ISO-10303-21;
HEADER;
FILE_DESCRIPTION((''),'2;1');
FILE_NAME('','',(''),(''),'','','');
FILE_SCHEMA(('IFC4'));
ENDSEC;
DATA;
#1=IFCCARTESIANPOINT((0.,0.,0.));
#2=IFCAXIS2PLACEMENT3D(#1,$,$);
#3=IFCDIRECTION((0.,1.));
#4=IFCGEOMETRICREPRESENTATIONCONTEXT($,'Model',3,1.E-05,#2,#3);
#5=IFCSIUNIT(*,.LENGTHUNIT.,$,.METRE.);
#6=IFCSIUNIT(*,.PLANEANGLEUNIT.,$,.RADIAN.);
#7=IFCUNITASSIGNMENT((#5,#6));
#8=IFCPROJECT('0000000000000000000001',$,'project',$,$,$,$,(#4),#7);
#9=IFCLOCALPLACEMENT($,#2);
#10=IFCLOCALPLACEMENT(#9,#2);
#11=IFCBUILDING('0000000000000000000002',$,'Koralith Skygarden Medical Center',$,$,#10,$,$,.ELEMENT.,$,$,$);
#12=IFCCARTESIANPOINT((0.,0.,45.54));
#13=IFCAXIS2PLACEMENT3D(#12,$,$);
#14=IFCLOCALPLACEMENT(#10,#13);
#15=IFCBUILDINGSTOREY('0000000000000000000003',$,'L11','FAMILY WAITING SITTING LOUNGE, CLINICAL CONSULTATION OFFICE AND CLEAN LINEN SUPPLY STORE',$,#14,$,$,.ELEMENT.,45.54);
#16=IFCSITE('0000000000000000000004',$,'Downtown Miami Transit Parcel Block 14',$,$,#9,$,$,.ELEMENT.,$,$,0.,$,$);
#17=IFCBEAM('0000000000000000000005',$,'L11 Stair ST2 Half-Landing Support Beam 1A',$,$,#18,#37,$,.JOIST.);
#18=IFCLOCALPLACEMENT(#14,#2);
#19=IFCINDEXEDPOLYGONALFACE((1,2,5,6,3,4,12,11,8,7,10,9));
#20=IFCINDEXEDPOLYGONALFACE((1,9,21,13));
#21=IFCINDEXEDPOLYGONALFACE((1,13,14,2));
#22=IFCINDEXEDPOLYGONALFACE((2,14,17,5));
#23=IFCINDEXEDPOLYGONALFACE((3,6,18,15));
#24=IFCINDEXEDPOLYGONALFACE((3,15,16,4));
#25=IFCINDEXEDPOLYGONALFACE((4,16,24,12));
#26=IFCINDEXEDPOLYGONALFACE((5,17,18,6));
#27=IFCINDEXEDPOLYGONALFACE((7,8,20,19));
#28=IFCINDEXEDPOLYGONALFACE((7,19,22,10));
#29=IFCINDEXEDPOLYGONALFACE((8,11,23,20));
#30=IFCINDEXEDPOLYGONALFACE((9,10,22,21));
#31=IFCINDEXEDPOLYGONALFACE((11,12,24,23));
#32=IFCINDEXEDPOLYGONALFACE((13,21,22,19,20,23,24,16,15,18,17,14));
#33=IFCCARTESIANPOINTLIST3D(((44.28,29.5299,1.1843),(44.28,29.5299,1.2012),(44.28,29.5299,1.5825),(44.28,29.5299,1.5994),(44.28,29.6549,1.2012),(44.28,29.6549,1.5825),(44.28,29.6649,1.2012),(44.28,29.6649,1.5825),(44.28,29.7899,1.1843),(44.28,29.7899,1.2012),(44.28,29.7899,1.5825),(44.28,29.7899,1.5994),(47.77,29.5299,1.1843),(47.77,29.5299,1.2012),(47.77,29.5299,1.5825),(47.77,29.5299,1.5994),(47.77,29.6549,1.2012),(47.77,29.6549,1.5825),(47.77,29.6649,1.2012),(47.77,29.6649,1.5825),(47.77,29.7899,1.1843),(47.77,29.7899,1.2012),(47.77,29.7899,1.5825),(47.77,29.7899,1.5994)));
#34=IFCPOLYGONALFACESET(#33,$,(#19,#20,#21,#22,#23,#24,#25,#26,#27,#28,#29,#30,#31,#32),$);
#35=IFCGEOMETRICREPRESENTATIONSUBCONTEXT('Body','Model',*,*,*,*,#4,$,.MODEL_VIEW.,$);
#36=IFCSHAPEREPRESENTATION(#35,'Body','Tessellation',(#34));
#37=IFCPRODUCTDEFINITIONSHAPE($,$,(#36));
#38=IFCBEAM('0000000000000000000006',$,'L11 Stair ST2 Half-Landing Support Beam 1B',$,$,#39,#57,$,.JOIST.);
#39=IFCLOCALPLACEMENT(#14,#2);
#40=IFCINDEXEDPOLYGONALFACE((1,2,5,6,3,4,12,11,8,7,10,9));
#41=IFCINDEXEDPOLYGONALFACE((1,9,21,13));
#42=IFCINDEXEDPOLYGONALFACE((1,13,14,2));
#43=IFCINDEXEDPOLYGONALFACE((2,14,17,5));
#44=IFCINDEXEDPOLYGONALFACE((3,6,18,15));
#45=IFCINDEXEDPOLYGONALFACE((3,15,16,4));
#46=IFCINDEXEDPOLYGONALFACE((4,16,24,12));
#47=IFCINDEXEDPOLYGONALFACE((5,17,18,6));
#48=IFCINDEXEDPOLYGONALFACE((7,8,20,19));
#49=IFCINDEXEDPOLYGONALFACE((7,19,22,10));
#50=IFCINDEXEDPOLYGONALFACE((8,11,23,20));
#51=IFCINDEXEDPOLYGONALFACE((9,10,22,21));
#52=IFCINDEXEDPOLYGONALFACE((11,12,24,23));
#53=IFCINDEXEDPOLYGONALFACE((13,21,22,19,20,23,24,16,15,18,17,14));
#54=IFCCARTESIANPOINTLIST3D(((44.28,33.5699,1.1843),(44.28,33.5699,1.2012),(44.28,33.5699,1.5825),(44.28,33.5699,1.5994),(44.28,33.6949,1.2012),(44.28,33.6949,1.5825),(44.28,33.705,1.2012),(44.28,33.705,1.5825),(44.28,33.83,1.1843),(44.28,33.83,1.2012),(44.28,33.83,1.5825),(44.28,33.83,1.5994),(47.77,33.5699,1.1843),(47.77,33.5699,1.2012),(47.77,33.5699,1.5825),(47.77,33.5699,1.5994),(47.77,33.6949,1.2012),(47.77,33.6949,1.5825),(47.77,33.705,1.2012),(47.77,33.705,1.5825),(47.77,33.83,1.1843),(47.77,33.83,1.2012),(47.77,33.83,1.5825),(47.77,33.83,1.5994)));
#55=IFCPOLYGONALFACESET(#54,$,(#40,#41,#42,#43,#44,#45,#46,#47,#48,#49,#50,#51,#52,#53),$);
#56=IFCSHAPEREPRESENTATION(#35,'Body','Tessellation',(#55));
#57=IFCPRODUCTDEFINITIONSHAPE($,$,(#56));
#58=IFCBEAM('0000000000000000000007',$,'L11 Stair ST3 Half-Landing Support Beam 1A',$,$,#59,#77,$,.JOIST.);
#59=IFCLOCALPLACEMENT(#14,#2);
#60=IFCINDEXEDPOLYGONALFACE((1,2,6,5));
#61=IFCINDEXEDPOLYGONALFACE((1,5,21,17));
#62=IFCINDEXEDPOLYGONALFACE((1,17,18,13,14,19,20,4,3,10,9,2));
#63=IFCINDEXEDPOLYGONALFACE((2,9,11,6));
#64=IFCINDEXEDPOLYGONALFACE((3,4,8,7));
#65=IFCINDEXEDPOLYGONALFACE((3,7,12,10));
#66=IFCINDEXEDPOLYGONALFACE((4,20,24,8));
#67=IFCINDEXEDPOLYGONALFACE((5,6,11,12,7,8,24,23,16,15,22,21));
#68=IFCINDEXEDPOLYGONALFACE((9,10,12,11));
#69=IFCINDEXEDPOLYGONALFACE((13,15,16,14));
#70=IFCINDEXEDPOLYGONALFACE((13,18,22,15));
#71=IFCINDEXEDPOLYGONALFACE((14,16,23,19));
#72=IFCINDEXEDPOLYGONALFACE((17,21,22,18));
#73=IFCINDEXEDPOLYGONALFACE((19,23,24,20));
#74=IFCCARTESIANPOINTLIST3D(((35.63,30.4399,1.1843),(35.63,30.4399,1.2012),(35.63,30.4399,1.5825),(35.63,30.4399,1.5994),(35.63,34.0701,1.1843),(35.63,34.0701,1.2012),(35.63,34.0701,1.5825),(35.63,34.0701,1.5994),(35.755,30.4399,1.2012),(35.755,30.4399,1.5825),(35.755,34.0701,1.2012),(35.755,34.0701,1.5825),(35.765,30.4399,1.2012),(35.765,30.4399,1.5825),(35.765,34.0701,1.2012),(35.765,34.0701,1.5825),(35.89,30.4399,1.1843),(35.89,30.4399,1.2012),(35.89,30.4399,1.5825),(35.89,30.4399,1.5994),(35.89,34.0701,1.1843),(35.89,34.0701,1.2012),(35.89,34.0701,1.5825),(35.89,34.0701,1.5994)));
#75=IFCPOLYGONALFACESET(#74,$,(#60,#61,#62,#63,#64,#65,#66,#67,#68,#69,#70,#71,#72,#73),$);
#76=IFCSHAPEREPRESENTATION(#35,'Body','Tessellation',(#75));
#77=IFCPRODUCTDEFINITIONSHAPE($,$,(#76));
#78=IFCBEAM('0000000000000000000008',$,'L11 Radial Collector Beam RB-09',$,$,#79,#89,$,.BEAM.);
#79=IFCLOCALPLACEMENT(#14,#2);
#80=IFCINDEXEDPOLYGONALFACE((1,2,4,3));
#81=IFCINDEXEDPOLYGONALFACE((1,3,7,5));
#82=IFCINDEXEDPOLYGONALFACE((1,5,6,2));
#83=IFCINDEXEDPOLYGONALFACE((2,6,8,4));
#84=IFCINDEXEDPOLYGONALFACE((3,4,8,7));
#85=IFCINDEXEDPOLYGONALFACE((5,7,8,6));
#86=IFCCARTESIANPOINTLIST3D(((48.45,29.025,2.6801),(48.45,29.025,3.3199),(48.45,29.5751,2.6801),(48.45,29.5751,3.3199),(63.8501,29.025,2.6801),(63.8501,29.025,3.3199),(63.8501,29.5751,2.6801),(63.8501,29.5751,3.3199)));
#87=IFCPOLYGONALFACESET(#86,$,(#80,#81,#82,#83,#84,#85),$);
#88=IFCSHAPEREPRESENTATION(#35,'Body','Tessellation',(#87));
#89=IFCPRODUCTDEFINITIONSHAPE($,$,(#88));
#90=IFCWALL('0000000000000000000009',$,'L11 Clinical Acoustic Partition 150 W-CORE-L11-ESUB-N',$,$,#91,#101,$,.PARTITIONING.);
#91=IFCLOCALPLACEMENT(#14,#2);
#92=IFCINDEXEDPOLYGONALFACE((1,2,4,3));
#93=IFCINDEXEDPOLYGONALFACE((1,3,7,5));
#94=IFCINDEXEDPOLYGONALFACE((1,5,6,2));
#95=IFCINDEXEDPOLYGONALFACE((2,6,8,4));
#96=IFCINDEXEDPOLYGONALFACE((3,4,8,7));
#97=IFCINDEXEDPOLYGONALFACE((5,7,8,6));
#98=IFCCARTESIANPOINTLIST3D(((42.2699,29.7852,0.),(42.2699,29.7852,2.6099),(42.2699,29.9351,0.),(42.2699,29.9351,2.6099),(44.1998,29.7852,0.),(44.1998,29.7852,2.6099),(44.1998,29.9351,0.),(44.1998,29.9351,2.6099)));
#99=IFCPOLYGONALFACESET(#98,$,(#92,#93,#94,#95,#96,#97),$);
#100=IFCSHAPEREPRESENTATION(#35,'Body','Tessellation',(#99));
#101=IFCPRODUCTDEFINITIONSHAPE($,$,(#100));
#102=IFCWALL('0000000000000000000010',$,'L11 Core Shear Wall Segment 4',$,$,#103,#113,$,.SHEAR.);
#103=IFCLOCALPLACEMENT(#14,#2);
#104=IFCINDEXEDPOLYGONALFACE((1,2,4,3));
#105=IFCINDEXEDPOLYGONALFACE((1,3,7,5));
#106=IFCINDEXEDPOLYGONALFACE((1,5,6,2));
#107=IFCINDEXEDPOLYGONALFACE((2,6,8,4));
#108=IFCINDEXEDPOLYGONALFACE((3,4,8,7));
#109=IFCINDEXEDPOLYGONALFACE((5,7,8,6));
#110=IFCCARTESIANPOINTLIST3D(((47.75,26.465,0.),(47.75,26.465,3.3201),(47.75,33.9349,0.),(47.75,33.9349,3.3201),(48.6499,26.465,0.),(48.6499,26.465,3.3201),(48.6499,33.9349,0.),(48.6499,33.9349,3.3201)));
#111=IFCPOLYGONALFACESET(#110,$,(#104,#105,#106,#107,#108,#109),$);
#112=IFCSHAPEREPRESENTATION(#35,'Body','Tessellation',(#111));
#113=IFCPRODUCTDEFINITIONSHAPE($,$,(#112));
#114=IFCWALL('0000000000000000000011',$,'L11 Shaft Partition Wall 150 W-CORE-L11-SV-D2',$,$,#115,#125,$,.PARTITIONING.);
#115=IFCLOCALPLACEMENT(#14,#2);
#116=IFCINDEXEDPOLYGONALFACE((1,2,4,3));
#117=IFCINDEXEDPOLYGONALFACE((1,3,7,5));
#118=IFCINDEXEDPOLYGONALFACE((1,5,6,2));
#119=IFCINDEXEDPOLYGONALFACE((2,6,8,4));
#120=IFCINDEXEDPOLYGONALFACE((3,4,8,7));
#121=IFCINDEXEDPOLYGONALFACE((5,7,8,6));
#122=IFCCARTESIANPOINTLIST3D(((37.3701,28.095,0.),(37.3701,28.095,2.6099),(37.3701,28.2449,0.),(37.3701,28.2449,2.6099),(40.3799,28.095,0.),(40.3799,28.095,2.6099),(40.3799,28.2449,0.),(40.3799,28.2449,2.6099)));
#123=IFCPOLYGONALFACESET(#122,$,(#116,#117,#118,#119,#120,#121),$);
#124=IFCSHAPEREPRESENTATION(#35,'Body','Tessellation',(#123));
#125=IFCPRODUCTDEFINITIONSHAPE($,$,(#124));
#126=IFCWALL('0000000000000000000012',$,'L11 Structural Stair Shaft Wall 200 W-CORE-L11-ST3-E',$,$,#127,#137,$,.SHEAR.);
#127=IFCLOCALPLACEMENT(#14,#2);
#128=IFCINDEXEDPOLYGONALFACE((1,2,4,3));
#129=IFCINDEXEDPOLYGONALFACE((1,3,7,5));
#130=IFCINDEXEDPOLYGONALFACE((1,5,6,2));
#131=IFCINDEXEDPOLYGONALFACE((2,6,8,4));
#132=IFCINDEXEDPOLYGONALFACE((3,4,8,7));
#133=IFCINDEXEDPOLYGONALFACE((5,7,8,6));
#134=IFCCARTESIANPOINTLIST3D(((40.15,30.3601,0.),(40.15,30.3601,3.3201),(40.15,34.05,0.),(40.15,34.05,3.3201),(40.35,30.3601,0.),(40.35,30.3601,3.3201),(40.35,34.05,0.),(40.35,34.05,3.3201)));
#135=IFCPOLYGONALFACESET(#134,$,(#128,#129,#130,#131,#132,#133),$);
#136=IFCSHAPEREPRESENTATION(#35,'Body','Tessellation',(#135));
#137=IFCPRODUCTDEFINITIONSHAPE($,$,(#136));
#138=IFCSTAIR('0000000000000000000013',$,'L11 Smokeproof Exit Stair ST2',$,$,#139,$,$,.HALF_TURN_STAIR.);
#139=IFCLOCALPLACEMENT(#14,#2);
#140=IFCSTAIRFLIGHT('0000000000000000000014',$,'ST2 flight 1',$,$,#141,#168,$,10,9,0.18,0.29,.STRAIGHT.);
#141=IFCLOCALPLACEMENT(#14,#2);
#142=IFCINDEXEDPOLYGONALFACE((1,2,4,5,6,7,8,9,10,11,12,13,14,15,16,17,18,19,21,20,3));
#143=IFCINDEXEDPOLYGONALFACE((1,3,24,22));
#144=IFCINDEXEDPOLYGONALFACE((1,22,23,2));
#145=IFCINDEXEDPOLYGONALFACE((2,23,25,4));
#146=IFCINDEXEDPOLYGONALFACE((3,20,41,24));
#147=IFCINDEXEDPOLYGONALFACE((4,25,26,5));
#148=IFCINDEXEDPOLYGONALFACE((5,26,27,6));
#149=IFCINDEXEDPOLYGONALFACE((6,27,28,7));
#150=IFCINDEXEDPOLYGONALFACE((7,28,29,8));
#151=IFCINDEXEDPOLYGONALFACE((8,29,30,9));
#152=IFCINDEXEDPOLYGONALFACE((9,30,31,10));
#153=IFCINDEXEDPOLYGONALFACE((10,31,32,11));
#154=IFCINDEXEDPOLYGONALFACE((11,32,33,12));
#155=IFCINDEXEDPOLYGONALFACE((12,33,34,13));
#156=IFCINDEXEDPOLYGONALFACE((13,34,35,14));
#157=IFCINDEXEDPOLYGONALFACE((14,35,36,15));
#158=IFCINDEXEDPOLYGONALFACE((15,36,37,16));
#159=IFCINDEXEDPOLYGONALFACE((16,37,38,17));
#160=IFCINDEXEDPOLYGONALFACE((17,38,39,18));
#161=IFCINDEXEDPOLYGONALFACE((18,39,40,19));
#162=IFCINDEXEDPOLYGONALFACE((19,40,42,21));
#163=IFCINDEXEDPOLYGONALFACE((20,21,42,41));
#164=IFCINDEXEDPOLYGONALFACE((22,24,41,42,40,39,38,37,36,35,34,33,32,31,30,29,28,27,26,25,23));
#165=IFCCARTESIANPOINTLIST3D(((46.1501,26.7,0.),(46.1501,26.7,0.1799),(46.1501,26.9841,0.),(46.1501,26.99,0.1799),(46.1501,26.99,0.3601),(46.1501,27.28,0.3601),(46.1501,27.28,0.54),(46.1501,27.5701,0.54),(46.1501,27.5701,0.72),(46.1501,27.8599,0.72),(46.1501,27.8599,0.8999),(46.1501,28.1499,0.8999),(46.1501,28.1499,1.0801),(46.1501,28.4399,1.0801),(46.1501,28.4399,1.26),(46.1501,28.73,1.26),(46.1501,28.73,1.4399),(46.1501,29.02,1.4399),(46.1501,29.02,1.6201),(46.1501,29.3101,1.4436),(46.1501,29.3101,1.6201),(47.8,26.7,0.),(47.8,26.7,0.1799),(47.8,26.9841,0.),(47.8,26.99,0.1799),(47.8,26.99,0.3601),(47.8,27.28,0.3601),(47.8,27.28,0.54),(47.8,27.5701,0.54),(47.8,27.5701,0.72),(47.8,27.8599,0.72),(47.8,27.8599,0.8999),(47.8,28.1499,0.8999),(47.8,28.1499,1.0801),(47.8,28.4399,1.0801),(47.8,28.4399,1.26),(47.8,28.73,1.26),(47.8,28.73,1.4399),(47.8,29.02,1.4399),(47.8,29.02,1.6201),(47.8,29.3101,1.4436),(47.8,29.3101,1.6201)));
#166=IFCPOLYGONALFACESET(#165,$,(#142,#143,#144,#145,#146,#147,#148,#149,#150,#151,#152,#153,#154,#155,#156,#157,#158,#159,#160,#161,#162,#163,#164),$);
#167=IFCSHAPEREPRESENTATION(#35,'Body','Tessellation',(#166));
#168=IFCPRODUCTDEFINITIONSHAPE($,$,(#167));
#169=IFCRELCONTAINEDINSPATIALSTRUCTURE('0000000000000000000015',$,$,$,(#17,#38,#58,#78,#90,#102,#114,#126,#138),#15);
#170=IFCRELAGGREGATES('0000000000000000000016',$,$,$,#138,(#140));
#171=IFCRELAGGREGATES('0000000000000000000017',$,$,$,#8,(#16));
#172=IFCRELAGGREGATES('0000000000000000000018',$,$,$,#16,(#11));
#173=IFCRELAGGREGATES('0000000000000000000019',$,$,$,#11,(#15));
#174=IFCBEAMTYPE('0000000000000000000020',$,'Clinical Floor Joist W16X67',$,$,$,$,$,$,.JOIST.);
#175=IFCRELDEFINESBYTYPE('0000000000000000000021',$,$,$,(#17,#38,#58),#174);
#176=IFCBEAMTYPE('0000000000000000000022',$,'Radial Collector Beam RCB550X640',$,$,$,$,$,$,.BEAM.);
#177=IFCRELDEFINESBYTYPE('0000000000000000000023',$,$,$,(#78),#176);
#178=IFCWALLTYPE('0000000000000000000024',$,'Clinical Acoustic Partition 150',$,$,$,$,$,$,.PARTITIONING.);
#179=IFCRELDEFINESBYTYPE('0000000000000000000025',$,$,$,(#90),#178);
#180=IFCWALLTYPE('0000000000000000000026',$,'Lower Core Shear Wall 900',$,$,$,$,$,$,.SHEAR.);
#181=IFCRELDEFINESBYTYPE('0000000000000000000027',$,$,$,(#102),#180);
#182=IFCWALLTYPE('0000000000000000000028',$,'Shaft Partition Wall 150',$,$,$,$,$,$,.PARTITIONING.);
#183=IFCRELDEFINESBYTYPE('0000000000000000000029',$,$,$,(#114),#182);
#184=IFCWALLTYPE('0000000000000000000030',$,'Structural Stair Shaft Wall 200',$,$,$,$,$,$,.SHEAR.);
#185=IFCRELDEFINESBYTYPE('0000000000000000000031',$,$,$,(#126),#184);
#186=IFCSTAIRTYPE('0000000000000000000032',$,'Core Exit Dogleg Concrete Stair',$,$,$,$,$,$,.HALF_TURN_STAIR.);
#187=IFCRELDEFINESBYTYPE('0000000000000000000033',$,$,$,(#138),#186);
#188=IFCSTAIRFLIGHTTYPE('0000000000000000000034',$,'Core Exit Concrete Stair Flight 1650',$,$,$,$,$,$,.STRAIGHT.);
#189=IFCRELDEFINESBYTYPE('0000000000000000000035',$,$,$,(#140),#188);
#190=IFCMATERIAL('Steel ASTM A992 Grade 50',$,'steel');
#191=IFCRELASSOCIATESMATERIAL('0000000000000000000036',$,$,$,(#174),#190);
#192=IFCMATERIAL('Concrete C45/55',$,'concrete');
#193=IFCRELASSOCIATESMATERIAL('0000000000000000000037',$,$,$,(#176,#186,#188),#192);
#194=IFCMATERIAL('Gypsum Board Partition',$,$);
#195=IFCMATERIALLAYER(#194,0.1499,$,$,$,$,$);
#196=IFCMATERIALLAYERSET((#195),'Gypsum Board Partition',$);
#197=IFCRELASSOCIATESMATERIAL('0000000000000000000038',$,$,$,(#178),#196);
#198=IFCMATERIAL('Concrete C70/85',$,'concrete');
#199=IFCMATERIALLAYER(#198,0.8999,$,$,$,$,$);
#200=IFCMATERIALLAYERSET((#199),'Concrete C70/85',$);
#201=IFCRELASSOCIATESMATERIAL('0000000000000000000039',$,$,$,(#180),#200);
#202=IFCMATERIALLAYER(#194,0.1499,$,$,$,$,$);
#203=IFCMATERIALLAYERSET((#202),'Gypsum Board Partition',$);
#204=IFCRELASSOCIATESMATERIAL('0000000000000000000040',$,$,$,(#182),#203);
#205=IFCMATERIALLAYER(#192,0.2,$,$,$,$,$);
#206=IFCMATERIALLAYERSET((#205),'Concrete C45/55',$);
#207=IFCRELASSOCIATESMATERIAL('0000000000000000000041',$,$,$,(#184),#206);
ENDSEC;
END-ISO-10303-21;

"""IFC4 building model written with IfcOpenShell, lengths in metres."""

from ifc_helpers import new_model, si_unit, direction, frame, frame_2d, origin, origin_2d, place, context, subcontext, project, spatial, polyline, rectangle, i_section, outline, extrude, material, layer, layer_set, material_profile, profile_set, type_object, element, aggregate, save


model = new_model("IFC4")

# Units and contexts
model_context = context("Model", 3, precision=1e-05, world=origin(), true_north=direction((0.0, 1.0)))
body_context = subcontext(model_context, "Body", "Model", "MODEL_VIEW")
ifc_project = project(units=[si_unit("LENGTHUNIT", "METRE"), si_unit("PLANEANGLEUNIT", "RADIAN")], contexts=[model_context])

# Site, building, storey
site_placement = place(None, origin())
site = spatial("IfcSite", under=ifc_project, at=site_placement, Name="Downtown Miami Transit Parcel Block 14", CompositionType="ELEMENT", RefElevation=0.0)
building_placement = place(site_placement, origin())
building = spatial("IfcBuilding", under=site, at=building_placement, Name="Koralith Skygarden Medical Center", CompositionType="ELEMENT")
storey_placement = place(building_placement, frame((0.0, 0.0, 45.54)))
storey = spatial("IfcBuildingStorey", under=building, at=storey_placement, Name="L11", Description="FAMILY WAITING SITTING LOUNGE, CLINICAL CONSULTATION OFFICE AND CLEAN LINEN SUPPLY STORE", CompositionType="ELEMENT", Elevation=45.54)

# Beams
ifc_material_1 = material(Name="Steel ASTM A992 Grade 50", Category="steel")
ifc_material_profile_1 = material_profile(ifc_material_1, i_section(OverallWidth=0.26, OverallDepth=0.415, WebThickness=0.01, FlangeThickness=0.0168, at=origin_2d()), Name="W16X67")
ifc_profile_set_1 = profile_set([ifc_material_profile_1], Name="Steel ASTM A992 Grade 50")
beam_type_1 = type_object("IfcBeamType", Name="Clinical Floor Joist W16X67", PredefinedType="JOIST", material=ifc_profile_set_1)
for number, where, z_axis, x_axis, name in (
    (1, (44.28, 29.6599, 1.3918), (1.0, 0.0, 0.0), (0.0, 1.0, 0.0), "L11 Stair ST2 Half-Landing Support Beam 1A"),
    (2, (44.28, 33.7, 1.3918), (1.0, 0.0, 0.0), (0.0, 1.0, 0.0), "L11 Stair ST2 Half-Landing Support Beam 1B"),
):
    element("IfcBeam", number, at=place(storey_placement, frame(where, z_axis=z_axis, x_axis=x_axis)), inside=storey, type_object=beam_type_1, Name=name, PredefinedType="JOIST", context=body_context, shape_type="SweptSolid", body=[
        extrude(i_section(OverallWidth=0.26, OverallDepth=0.415, WebThickness=0.01, FlangeThickness=0.0168, at=origin_2d()), origin(), (0.0, 0.0, 1.0), 3.49),
    ])
beam_1_placement = place(storey_placement, frame((35.76, 30.4399, 1.3918), z_axis=(0.0, 1.0, 0.0), x_axis=(-1.0, 0.0, 0.0)))
element("IfcBeam", 3, at=beam_1_placement, inside=storey, type_object=beam_type_1, Name="L11 Stair ST3 Half-Landing Support Beam 1A", PredefinedType="JOIST", context=body_context, shape_type="SweptSolid", body=[
    extrude(i_section(OverallWidth=0.26, OverallDepth=0.415, WebThickness=0.01, FlangeThickness=0.0168, at=origin_2d()), origin(), (0.0, 0.0, 1.0), 3.6301),
])
ifc_material_2 = material(Name="Concrete C45/55", Category="concrete")
ifc_material_profile_2 = material_profile(ifc_material_2, rectangle(XDim=0.55, YDim=0.6399, at=origin_2d()), Name="RCB550X640")
ifc_profile_set_2 = profile_set([ifc_material_profile_2], Name="Concrete C45/55")
beam_type_2 = type_object("IfcBeamType", Name="Radial Collector Beam RCB550X640", PredefinedType="BEAM", material=ifc_profile_set_2)
beam_2_placement = place(storey_placement, frame((48.45, 29.3, 3.0), z_axis=(1.0, 0.0, 0.0), x_axis=(0.0, 1.0, 0.0)))
element("IfcBeam", 4, at=beam_2_placement, inside=storey, type_object=beam_type_2, Name="L11 Radial Collector Beam RB-09", PredefinedType="BEAM", context=body_context, shape_type="SweptSolid", body=[
    extrude(rectangle(XDim=0.55, YDim=0.6399, at=origin_2d()), origin(), (0.0, 0.0, 1.0), 15.4001),
])

# Walls
ifc_material_3 = material(Name="Gypsum Board Partition")
ifc_layer_1 = layer(ifc_material_3, 0.1499)
ifc_layer_set_1 = layer_set([ifc_layer_1], Name="Gypsum Board Partition")
wall_type_1 = type_object("IfcWallType", Name="Clinical Acoustic Partition 150", PredefinedType="PARTITIONING", material=ifc_layer_set_1)
wall_1_placement = place(storey_placement, frame((42.27, 29.8601, 0.0), z_axis=(0.0, 0.0, 1.0), x_axis=(1.0, 0.0, 0.0)))
element("IfcWall", 5, at=wall_1_placement, inside=storey, type_object=wall_type_1, Name="L11 Clinical Acoustic Partition 150 W-CORE-L11-ESUB-N", PredefinedType="PARTITIONING", context=body_context, shape_type="SweptSolid", body=[
    extrude(rectangle(XDim=1.9299, YDim=0.1499, at=frame_2d((0.9648, 0.0))), origin(), (0.0, 0.0, 1.0), 2.6099),
])
ifc_material_4 = material(Name="Concrete C70/85", Category="concrete")
ifc_layer_2 = layer(ifc_material_4, 0.8999)
ifc_layer_set_2 = layer_set([ifc_layer_2], Name="Concrete C70/85")
wall_type_2 = type_object("IfcWallType", Name="Lower Core Shear Wall 900", PredefinedType="SHEAR", material=ifc_layer_set_2)
wall_2_placement = place(storey_placement, frame((48.2, 26.4651, 0.0), z_axis=(0.0, 0.0, 1.0), x_axis=(0.0, 1.0, 0.0)))
element("IfcWall", 6, at=wall_2_placement, inside=storey, type_object=wall_type_2, Name="L11 Core Shear Wall Segment 4", PredefinedType="SHEAR", context=body_context, shape_type="SweptSolid", body=[
    extrude(rectangle(XDim=7.47, YDim=0.8999, at=frame_2d((3.7349, 0.0))), origin(), (0.0, 0.0, 1.0), 3.3201),
])

# Walls
ifc_layer_3 = layer(ifc_material_3, 0.1499)
ifc_layer_set_3 = layer_set([ifc_layer_3], Name="Gypsum Board Partition")
wall_type_3 = type_object("IfcWallType", Name="Shaft Partition Wall 150", PredefinedType="PARTITIONING", material=ifc_layer_set_3)
wall_3_placement = place(storey_placement, frame((37.3701, 28.1699, 0.0), z_axis=(0.0, 0.0, 1.0), x_axis=(1.0, 0.0, 0.0)))
element("IfcWall", 7, at=wall_3_placement, inside=storey, type_object=wall_type_3, Name="L11 Shaft Partition Wall 150 W-CORE-L11-SV-D2", PredefinedType="PARTITIONING", context=body_context, shape_type="SweptSolid", body=[
    extrude(rectangle(XDim=3.0098, YDim=0.1499, at=frame_2d((1.5049, 0.0))), origin(), (0.0, 0.0, 1.0), 2.6099),
])
ifc_layer_4 = layer(ifc_material_2, 0.2)
ifc_layer_set_4 = layer_set([ifc_layer_4], Name="Concrete C45/55")
wall_type_4 = type_object("IfcWallType", Name="Structural Stair Shaft Wall 200", PredefinedType="SHEAR", material=ifc_layer_set_4)
wall_4_placement = place(storey_placement, frame((40.25, 30.3601, 0.0), z_axis=(0.0, 0.0, 1.0), x_axis=(0.0, 1.0, 0.0)))
element("IfcWall", 8, at=wall_4_placement, inside=storey, type_object=wall_type_4, Name="L11 Structural Stair Shaft Wall 200 W-CORE-L11-ST3-E", PredefinedType="SHEAR", context=body_context, shape_type="SweptSolid", body=[
    extrude(rectangle(XDim=3.6899, YDim=0.2, at=frame_2d((1.845, 0.0))), origin(), (0.0, 0.0, 1.0), 3.3201),
])

# Stair, stair flight
stair_type = type_object("IfcStairType", Name="Core Exit Dogleg Concrete Stair", PredefinedType="HALF_TURN_STAIR", material=ifc_material_2)
stair_placement = place(storey_placement, origin())
stair = element("IfcStair", 9, at=stair_placement, inside=storey, type_object=stair_type, Name="L11 Smokeproof Exit Stair ST2", PredefinedType="HALF_TURN_STAIR")
stair_flight_type = type_object("IfcStairFlightType", Name="Core Exit Concrete Stair Flight 1650", PredefinedType="STRAIGHT", material=ifc_material_2)
stair_flight_1_placement = place(storey_placement, frame((46.9751, 26.7, 0.0), z_axis=(0.0, 0.0, 1.0), x_axis=(0.0, 1.0, 0.0)))
stair_flight_1 = element("IfcStairFlight", 10, at=stair_flight_1_placement, type_object=stair_flight_type, Name="ST2 flight 1", NumberOfRisers=10, NumberOfTreads=9, PredefinedType="STRAIGHT", RiserHeight=0.18, TreadLength=0.29, context=body_context, shape_type="SweptSolid", body=[
    extrude(outline(polyline([(0.0, 0.0), (0.0, 0.1799), (0.29, 0.1799), (0.29, 0.3601), (0.5801, 0.3601), (0.5801, 0.54), (0.8701, 0.54), (0.8701, 0.72), (1.1599, 0.72), (1.1599, 0.8999), (1.45, 0.8999), (1.45, 1.0801), (1.74, 1.0801), (1.74, 1.26), (2.03, 1.26), (2.03, 1.4399), (2.3201, 1.4399), (2.3201, 1.6201), (2.6101, 1.6201), (2.6101, 1.8), (2.6101, 1.4436), (0.2842, 0.0), (0.0, 0.0)])), frame((0.0, 0.825, 0.0), z_axis=(0.0, -1.0, 0.0), x_axis=(1.0, 0.0, 0.0)), (0.0, 0.0, 1.0), 1.6499),
])
aggregate(stair, [stair_flight_1])

save(model, "model.ifc")
